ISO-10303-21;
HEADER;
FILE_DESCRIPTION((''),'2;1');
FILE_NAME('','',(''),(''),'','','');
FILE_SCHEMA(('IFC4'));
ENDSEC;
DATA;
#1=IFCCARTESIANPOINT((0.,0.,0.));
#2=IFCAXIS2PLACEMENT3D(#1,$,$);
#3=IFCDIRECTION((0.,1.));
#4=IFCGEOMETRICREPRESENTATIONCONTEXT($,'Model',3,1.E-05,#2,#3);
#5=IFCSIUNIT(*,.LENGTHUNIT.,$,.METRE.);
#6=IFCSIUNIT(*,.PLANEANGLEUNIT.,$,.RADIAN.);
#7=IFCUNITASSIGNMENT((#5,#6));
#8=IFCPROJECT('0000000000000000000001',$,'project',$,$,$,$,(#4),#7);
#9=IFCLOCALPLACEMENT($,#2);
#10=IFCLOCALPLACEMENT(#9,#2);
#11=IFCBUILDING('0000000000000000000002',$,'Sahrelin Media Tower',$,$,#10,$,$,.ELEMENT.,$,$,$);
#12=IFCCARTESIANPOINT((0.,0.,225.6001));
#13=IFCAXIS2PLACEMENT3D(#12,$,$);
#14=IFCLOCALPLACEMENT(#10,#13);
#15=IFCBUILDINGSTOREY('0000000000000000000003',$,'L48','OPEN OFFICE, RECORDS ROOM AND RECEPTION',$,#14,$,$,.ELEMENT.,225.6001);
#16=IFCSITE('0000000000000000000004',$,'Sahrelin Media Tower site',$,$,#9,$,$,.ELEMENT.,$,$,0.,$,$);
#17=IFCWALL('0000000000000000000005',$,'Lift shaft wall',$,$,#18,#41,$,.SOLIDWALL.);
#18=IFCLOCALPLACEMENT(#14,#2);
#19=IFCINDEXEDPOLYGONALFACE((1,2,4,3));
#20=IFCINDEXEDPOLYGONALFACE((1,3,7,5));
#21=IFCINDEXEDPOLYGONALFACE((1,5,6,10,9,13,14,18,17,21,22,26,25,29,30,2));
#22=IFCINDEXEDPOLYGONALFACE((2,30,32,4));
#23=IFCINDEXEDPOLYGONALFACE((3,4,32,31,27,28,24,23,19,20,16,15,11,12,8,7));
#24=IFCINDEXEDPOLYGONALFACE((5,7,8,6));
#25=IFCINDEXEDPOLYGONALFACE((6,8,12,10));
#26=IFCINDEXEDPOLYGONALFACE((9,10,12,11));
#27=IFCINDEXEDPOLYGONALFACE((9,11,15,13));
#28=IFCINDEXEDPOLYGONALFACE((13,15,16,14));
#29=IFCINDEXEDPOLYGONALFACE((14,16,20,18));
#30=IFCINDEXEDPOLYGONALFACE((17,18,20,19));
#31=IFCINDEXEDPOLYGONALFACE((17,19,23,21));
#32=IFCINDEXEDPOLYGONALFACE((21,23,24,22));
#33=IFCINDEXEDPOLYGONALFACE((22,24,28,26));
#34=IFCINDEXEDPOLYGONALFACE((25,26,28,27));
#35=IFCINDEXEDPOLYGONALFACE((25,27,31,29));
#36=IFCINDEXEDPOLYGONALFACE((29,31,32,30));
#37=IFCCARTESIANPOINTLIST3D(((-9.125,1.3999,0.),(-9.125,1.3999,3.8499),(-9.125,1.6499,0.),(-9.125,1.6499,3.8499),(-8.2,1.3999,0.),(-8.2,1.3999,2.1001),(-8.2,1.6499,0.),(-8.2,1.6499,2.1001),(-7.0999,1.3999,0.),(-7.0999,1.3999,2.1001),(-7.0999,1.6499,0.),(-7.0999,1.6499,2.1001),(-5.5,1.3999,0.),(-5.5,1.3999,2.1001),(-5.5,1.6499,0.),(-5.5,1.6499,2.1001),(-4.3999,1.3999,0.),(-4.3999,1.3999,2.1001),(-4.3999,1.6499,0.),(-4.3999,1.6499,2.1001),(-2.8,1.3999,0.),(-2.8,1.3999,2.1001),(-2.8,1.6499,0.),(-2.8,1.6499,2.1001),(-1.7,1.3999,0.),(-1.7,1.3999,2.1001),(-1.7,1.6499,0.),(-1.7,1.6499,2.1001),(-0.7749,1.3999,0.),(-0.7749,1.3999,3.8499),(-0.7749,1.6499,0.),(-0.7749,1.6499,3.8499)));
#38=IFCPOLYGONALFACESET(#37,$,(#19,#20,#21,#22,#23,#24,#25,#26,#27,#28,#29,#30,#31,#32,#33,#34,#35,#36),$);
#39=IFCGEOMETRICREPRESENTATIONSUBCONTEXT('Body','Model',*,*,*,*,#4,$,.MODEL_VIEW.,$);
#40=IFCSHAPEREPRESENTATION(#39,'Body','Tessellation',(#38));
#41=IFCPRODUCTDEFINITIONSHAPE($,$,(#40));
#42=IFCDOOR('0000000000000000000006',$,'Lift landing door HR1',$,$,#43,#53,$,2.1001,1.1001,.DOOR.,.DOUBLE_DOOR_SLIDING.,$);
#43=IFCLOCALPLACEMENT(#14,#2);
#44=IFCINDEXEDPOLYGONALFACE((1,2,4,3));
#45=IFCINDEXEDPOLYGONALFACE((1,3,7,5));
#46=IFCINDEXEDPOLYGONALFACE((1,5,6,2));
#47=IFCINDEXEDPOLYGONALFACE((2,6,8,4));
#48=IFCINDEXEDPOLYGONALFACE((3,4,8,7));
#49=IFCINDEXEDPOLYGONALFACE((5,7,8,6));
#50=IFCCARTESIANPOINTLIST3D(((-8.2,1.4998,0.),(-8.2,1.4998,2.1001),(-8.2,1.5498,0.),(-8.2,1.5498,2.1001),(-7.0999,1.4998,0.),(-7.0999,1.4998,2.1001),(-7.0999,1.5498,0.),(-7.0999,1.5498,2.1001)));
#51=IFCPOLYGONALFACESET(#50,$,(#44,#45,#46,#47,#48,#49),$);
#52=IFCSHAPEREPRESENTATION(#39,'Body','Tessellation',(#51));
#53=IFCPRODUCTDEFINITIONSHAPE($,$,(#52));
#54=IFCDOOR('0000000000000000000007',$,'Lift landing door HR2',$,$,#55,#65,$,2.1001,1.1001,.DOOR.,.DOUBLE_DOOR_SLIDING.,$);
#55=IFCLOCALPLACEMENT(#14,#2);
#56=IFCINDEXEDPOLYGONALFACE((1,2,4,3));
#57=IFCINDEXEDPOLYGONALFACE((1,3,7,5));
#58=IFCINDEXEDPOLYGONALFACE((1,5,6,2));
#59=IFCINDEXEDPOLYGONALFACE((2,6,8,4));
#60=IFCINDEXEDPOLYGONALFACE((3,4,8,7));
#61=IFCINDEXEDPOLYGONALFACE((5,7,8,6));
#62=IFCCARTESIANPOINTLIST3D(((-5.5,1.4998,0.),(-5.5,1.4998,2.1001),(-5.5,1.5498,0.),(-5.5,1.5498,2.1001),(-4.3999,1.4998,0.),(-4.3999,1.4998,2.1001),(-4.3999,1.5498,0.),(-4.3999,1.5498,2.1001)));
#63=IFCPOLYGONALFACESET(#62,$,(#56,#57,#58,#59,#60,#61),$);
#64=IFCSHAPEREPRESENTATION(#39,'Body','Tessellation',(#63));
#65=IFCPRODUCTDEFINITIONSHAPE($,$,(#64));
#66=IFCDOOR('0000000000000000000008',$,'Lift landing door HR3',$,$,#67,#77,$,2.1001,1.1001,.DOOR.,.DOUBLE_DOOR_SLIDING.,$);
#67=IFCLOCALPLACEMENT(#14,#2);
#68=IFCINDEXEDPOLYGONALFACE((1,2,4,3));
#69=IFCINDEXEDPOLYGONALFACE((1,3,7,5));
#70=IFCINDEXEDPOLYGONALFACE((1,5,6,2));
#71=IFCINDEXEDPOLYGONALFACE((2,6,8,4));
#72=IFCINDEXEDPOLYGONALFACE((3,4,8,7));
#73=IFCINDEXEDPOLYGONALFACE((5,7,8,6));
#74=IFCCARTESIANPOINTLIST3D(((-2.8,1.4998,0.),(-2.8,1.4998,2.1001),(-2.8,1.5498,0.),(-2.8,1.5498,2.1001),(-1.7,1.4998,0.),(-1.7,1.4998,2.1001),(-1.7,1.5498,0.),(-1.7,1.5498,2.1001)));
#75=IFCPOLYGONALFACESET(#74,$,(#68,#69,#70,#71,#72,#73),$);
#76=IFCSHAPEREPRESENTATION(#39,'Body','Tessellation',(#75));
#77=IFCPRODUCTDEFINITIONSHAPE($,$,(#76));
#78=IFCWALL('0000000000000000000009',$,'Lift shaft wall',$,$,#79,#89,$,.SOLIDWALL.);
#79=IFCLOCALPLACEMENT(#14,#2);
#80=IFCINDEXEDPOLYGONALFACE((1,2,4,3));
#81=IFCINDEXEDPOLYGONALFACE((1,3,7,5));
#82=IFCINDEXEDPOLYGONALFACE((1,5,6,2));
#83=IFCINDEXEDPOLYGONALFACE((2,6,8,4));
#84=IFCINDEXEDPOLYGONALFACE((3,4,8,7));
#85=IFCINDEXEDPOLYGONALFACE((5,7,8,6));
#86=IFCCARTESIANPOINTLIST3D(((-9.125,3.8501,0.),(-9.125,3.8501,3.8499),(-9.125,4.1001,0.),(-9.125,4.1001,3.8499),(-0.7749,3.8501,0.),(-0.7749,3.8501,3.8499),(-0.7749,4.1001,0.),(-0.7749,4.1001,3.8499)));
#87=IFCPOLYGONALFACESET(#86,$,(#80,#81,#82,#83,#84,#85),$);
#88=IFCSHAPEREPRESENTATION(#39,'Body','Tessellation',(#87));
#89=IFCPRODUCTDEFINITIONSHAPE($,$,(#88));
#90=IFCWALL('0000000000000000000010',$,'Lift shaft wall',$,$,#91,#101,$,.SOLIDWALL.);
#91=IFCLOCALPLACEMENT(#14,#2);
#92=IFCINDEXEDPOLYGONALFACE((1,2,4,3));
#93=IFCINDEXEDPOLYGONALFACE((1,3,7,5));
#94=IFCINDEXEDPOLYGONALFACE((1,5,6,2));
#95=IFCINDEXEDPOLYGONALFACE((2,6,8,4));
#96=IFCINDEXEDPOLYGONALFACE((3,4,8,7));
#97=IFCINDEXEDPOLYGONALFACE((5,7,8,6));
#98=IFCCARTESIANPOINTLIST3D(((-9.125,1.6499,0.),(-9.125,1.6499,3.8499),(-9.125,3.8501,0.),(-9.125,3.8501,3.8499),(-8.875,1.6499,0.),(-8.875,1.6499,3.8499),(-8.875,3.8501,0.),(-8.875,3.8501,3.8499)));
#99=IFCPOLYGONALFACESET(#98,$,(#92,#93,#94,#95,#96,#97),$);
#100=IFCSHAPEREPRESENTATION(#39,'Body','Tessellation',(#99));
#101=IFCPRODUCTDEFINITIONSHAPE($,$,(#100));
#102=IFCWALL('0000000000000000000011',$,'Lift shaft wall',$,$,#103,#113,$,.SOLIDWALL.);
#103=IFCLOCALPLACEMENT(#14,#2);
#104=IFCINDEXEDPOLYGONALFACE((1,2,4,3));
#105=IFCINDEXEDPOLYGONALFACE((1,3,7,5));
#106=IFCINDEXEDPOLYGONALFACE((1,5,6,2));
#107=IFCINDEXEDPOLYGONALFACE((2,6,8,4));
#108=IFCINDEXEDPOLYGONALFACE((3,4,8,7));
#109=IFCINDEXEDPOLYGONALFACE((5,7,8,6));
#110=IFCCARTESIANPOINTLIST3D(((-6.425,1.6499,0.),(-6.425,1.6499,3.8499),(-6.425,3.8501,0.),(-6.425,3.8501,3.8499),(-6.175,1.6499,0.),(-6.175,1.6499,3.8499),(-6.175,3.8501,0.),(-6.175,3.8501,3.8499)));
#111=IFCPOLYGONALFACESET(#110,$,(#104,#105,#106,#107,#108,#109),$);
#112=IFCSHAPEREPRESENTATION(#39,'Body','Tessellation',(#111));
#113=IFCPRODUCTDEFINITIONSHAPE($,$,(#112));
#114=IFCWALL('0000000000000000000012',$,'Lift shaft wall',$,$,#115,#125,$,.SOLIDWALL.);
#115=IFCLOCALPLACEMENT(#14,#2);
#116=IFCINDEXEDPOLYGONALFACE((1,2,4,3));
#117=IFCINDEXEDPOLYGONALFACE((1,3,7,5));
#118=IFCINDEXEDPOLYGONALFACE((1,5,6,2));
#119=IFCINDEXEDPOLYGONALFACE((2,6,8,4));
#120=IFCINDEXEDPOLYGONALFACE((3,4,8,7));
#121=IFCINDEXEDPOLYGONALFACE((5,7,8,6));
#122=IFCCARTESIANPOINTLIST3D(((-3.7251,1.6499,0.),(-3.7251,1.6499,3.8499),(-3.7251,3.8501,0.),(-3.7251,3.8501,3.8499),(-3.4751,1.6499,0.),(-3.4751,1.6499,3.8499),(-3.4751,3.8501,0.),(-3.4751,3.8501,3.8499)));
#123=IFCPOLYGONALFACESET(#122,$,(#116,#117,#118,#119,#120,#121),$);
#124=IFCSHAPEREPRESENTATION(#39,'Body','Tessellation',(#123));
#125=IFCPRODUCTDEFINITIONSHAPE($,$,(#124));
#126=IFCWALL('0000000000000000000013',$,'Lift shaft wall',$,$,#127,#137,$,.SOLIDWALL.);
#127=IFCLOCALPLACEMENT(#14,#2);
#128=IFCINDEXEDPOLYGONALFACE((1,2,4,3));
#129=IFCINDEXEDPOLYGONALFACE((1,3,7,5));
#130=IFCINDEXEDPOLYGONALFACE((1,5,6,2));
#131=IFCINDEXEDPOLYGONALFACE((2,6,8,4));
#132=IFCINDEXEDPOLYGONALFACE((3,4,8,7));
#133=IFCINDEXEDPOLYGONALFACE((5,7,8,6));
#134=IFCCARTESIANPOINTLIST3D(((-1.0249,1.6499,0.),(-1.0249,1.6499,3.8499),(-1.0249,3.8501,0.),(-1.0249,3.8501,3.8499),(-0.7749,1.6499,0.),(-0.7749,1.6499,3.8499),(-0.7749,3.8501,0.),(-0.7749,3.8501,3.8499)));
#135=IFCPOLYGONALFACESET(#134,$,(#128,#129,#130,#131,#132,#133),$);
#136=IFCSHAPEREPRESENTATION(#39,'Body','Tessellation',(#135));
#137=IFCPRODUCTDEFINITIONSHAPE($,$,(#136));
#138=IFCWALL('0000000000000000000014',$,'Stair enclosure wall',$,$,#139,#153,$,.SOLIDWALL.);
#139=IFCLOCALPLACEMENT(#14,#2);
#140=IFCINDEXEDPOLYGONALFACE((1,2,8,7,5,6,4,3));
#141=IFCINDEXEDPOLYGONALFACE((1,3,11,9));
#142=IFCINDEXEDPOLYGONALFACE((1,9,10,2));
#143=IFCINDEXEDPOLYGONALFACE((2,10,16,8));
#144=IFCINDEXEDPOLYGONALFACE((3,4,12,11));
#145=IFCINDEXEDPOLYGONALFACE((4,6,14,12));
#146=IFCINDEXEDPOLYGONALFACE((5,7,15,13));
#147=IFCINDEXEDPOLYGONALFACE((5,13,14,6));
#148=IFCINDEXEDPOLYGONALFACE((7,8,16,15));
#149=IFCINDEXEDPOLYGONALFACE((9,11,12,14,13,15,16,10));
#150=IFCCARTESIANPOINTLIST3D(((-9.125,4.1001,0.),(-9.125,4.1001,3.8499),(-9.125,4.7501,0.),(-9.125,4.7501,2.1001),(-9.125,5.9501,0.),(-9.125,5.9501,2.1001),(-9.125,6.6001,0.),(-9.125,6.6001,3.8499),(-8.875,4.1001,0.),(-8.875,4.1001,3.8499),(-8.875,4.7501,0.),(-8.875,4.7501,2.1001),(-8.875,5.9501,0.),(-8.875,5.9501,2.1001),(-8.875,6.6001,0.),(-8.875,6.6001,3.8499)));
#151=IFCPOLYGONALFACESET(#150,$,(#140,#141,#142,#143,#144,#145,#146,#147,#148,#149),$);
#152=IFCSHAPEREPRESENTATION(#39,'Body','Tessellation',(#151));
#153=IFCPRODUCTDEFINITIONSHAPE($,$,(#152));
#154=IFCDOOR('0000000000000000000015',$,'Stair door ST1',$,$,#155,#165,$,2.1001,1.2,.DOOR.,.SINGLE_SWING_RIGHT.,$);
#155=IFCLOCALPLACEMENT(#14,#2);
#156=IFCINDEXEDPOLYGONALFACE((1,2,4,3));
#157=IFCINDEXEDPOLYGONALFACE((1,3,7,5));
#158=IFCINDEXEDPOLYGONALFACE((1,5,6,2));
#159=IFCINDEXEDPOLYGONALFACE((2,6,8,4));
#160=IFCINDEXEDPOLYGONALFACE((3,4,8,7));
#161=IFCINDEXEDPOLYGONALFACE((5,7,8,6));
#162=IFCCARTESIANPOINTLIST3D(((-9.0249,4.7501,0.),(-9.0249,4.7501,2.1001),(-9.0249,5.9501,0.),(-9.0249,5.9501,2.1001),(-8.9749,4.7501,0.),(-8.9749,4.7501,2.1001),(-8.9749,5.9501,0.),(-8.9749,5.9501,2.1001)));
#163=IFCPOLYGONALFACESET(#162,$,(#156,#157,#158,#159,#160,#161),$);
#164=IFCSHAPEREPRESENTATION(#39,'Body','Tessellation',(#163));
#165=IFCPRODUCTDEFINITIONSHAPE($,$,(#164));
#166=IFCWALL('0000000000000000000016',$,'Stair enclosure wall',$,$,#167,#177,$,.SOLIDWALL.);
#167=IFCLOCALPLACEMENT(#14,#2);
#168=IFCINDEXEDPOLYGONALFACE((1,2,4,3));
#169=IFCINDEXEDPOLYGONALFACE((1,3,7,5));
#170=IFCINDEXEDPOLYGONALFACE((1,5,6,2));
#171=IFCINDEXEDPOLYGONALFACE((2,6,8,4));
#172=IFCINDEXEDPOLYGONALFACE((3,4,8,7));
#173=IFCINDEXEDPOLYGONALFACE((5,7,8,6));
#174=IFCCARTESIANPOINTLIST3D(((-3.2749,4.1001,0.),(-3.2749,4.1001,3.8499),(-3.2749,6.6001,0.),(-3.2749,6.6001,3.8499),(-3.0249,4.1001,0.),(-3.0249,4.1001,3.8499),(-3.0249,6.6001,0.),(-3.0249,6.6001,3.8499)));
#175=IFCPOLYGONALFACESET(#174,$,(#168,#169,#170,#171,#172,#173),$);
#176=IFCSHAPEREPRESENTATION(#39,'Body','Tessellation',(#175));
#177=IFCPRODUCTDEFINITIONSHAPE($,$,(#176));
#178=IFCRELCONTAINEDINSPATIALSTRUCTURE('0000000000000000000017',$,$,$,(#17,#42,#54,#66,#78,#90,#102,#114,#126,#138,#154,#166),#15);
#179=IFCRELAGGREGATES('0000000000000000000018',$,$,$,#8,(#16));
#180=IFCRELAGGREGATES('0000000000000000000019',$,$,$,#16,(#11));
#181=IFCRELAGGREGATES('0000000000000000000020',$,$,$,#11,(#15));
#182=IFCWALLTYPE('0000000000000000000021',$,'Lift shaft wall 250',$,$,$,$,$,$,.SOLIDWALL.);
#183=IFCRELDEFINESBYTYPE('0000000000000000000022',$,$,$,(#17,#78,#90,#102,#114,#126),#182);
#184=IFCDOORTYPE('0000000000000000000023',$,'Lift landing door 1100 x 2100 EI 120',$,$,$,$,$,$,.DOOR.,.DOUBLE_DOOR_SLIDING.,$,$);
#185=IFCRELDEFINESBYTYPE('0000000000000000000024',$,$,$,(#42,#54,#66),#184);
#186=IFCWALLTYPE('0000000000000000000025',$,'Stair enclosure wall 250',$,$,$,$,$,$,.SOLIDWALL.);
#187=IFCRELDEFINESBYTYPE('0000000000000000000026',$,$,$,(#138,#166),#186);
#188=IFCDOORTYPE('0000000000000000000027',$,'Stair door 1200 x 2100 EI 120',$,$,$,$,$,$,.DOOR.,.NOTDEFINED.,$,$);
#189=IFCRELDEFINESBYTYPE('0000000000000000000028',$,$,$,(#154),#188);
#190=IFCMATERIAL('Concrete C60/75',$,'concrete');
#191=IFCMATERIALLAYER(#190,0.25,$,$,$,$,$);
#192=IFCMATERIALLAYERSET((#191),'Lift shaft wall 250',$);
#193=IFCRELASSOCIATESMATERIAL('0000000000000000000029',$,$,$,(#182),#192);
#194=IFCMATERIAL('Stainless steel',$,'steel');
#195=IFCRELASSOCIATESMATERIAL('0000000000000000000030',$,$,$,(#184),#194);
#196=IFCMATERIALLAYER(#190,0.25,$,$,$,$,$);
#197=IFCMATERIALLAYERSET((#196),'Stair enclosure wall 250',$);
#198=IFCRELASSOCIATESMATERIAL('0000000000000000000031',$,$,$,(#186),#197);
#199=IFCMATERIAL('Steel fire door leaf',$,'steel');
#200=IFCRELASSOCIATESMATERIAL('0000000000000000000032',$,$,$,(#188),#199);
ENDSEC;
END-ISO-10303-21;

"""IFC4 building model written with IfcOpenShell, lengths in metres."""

from ifc_helpers import new_model, si_unit, direction, frame, frame_2d, origin, place, context, subcontext, project, spatial, rectangle, extrude, material, layer, layer_set, type_object, element, fill, save


model = new_model("IFC4")

# Units and contexts
model_context = context("Model", 3, precision=1e-05, world=origin(), true_north=direction((0.0, 1.0)))
body_context = subcontext(model_context, "Body", "Model", "MODEL_VIEW")
ifc_project = project(units=[si_unit("LENGTHUNIT", "METRE"), si_unit("PLANEANGLEUNIT", "RADIAN")], contexts=[model_context])

# Site, building, storey
site_placement = place(None, origin())
site = spatial("IfcSite", under=ifc_project, at=site_placement, Name="Sahrelin Media Tower site", CompositionType="ELEMENT", RefElevation=0.0)
building_placement = place(site_placement, origin())
building = spatial("IfcBuilding", under=site, at=building_placement, Name="Sahrelin Media Tower", CompositionType="ELEMENT")
storey_placement = place(building_placement, frame((0.0, 0.0, 225.6001)))
storey = spatial("IfcBuildingStorey", under=building, at=storey_placement, Name="L48", Description="OPEN OFFICE, RECORDS ROOM AND RECEPTION", CompositionType="ELEMENT", Elevation=225.6001)

# Shared definitions
ifc_material_1 = material(Name="Steel fire door leaf", Category="steel")

# Wall, openings, doors
ifc_material_2 = material(Name="Concrete C60/75", Category="concrete")
ifc_layer_1 = layer(ifc_material_2, 0.25)
ifc_layer_set_1 = layer_set([ifc_layer_1], Name="Lift shaft wall 250")
wall_type_1 = type_object("IfcWallType", Name="Lift shaft wall 250", PredefinedType="SOLIDWALL", material=ifc_layer_set_1)
wall_1_placement = place(storey_placement, frame((-9.125, 1.5249, 0.0), z_axis=(0.0, 0.0, 1.0), x_axis=(1.0, 0.0, 0.0)))
wall_1 = element("IfcWall", 1, at=wall_1_placement, inside=storey, type_object=wall_type_1, Name="Lift shaft wall", PredefinedType="SOLIDWALL", context=body_context, shape_type="SweptSolid", body=[
    extrude(rectangle(XDim=8.3501, YDim=0.25, at=frame_2d((4.175, 0.0))), origin(), (0.0, 0.0, 1.0), 3.8499),
])
opening_1_placement = place(wall_1_placement, frame((0.925, 0.0, 0.0)))
opening_1 = element("IfcOpeningElement", 2, at=opening_1_placement, cuts=wall_1, PredefinedType="OPENING", context=body_context, shape_type="SweptSolid", body=[
    extrude(rectangle(XDim=1.1001, YDim=2.1001, at=frame_2d((0.55, 1.05))), frame((0.0, 0.125, 0.0), z_axis=(0.0, -1.0, 0.0), x_axis=(1.0, 0.0, 0.0)), (0.0, 0.0, 1.0), 0.25),
])
opening_2_placement = place(wall_1_placement, frame((3.625, 0.0, 0.0)))
opening_2 = element("IfcOpeningElement", 3, at=opening_2_placement, cuts=wall_1, PredefinedType="OPENING", context=body_context, shape_type="SweptSolid", body=[
    extrude(rectangle(XDim=1.1001, YDim=2.1001, at=frame_2d((0.55, 1.05))), frame((0.0, 0.125, 0.0), z_axis=(0.0, -1.0, 0.0), x_axis=(1.0, 0.0, 0.0)), (0.0, 0.0, 1.0), 0.25),
])
opening_3_placement = place(wall_1_placement, frame((6.325, 0.0, 0.0)))
opening_3 = element("IfcOpeningElement", 4, at=opening_3_placement, cuts=wall_1, PredefinedType="OPENING", context=body_context, shape_type="SweptSolid", body=[
    extrude(rectangle(XDim=1.1001, YDim=2.1001, at=frame_2d((0.55, 1.05))), frame((0.0, 0.125, 0.0), z_axis=(0.0, -1.0, 0.0), x_axis=(1.0, 0.0, 0.0)), (0.0, 0.0, 1.0), 0.25),
])
ifc_material_3 = material(Name="Stainless steel", Category="steel")
door_type_1 = type_object("IfcDoorType", Name="Lift landing door 1100 x 2100 EI 120", OperationType="DOUBLE_DOOR_SLIDING", PredefinedType="DOOR", material=ifc_material_3)
door_1_placement = place(opening_1_placement, origin())
door_1 = element("IfcDoor", 5, at=door_1_placement, inside=storey, type_object=door_type_1, Name="Lift landing door HR1", OperationType="DOUBLE_DOOR_SLIDING", OverallHeight=2.1001, OverallWidth=1.1001, PredefinedType="DOOR", context=body_context, shape_type="SweptSolid", body=[
    extrude(rectangle(XDim=1.1001, YDim=2.1001, at=frame_2d((0.55, 1.05))), frame((0.0, 0.0249, 0.0), z_axis=(0.0, -1.0, 0.0), x_axis=(1.0, 0.0, 0.0)), (0.0, 0.0, 1.0), 0.05),
])
fill(opening_1, door_1)
door_2_placement = place(opening_2_placement, origin())
door_2 = element("IfcDoor", 6, at=door_2_placement, inside=storey, type_object=door_type_1, Name="Lift landing door HR2", OperationType="DOUBLE_DOOR_SLIDING", OverallHeight=2.1001, OverallWidth=1.1001, PredefinedType="DOOR", context=body_context, shape_type="SweptSolid", body=[
    extrude(rectangle(XDim=1.1001, YDim=2.1001, at=frame_2d((0.55, 1.05))), frame((0.0, 0.0249, 0.0), z_axis=(0.0, -1.0, 0.0), x_axis=(1.0, 0.0, 0.0)), (0.0, 0.0, 1.0), 0.05),
])
fill(opening_2, door_2)
door_3_placement = place(opening_3_placement, origin())
door_3 = element("IfcDoor", 7, at=door_3_placement, inside=storey, type_object=door_type_1, Name="Lift landing door HR3", OperationType="DOUBLE_DOOR_SLIDING", OverallHeight=2.1001, OverallWidth=1.1001, PredefinedType="DOOR", context=body_context, shape_type="SweptSolid", body=[
    extrude(rectangle(XDim=1.1001, YDim=2.1001, at=frame_2d((0.55, 1.05))), frame((0.0, 0.0249, 0.0), z_axis=(0.0, -1.0, 0.0), x_axis=(1.0, 0.0, 0.0)), (0.0, 0.0, 1.0), 0.05),
])
fill(opening_3, door_3)

# Walls
wall_2_placement = place(storey_placement, frame((-9.125, 3.9751, 0.0), z_axis=(0.0, 0.0, 1.0), x_axis=(1.0, 0.0, 0.0)))
element("IfcWall", 8, at=wall_2_placement, inside=storey, type_object=wall_type_1, Name="Lift shaft wall", PredefinedType="SOLIDWALL", context=body_context, shape_type="SweptSolid", body=[
    extrude(rectangle(XDim=8.3501, YDim=0.25, at=frame_2d((4.175, 0.0))), origin(), (0.0, 0.0, 1.0), 3.8499),
])
for number, where, z_axis, x_axis, name in (
    (9, (-9.0, 1.6499, 0.0), (0.0, 0.0, 1.0), (0.0, 1.0, 0.0), "Lift shaft wall"),
    (10, (-6.3, 1.6499, 0.0), (0.0, 0.0, 1.0), (0.0, 1.0, 0.0), "Lift shaft wall"),
    (11, (-3.6001, 1.6499, 0.0), (0.0, 0.0, 1.0), (0.0, 1.0, 0.0), "Lift shaft wall"),
    (12, (-0.8999, 1.6499, 0.0), (0.0, 0.0, 1.0), (0.0, 1.0, 0.0), "Lift shaft wall"),
):
    element("IfcWall", number, at=place(storey_placement, frame(where, z_axis=z_axis, x_axis=x_axis)), inside=storey, type_object=wall_type_1, Name=name, PredefinedType="SOLIDWALL", context=body_context, shape_type="SweptSolid", body=[
        extrude(rectangle(XDim=2.2002, YDim=0.25, at=frame_2d((1.1001, 0.0))), origin(), (0.0, 0.0, 1.0), 3.8499),
    ])

# Wall, opening, door
ifc_layer_2 = layer(ifc_material_2, 0.25)
ifc_layer_set_2 = layer_set([ifc_layer_2], Name="Stair enclosure wall 250")
wall_type_2 = type_object("IfcWallType", Name="Stair enclosure wall 250", PredefinedType="SOLIDWALL", material=ifc_layer_set_2)
wall_3_placement = place(storey_placement, frame((-9.0, 4.1001, 0.0), z_axis=(0.0, 0.0, 1.0), x_axis=(0.0, 1.0, 0.0)))
wall_3 = element("IfcWall", 13, at=wall_3_placement, inside=storey, type_object=wall_type_2, Name="Stair enclosure wall", PredefinedType="SOLIDWALL", context=body_context, shape_type="SweptSolid", body=[
    extrude(rectangle(XDim=2.5, YDim=0.25, at=frame_2d((1.25, 0.0))), origin(), (0.0, 0.0, 1.0), 3.8499),
])
opening_4_placement = place(wall_3_placement, frame((0.6499, 0.0, 0.0)))
opening_4 = element("IfcOpeningElement", 14, at=opening_4_placement, cuts=wall_3, PredefinedType="OPENING", context=body_context, shape_type="SweptSolid", body=[
    extrude(rectangle(XDim=1.2, YDim=2.1001, at=frame_2d((0.6001, 1.05))), frame((0.0, 0.125, 0.0), z_axis=(0.0, -1.0, 0.0), x_axis=(1.0, 0.0, 0.0)), (0.0, 0.0, 1.0), 0.25),
])
door_type_2 = type_object("IfcDoorType", Name="Stair door 1200 x 2100 EI 120", OperationType="NOTDEFINED", PredefinedType="DOOR", material=ifc_material_1)
door_4_placement = place(opening_4_placement, origin())
door_4 = element("IfcDoor", 15, at=door_4_placement, inside=storey, type_object=door_type_2, Name="Stair door ST1", OperationType="SINGLE_SWING_RIGHT", OverallHeight=2.1001, OverallWidth=1.2, PredefinedType="DOOR", context=body_context, shape_type="SweptSolid", body=[
    extrude(rectangle(XDim=1.2, YDim=2.1001, at=frame_2d((0.6001, 1.05))), frame((0.0, 0.0249, 0.0), z_axis=(0.0, -1.0, 0.0), x_axis=(1.0, 0.0, 0.0)), (0.0, 0.0, 1.0), 0.05),
])
fill(opening_4, door_4)

# Wall
wall_4_placement = place(storey_placement, frame((-3.1499, 4.1001, 0.0), z_axis=(0.0, 0.0, 1.0), x_axis=(0.0, 1.0, 0.0)))
element("IfcWall", 16, at=wall_4_placement, inside=storey, type_object=wall_type_2, Name="Stair enclosure wall", PredefinedType="SOLIDWALL", context=body_context, shape_type="SweptSolid", body=[
    extrude(rectangle(XDim=2.5, YDim=0.25, at=frame_2d((1.25, 0.0))), origin(), (0.0, 0.0, 1.0), 3.8499),
])

save(model, "model.ifc")
